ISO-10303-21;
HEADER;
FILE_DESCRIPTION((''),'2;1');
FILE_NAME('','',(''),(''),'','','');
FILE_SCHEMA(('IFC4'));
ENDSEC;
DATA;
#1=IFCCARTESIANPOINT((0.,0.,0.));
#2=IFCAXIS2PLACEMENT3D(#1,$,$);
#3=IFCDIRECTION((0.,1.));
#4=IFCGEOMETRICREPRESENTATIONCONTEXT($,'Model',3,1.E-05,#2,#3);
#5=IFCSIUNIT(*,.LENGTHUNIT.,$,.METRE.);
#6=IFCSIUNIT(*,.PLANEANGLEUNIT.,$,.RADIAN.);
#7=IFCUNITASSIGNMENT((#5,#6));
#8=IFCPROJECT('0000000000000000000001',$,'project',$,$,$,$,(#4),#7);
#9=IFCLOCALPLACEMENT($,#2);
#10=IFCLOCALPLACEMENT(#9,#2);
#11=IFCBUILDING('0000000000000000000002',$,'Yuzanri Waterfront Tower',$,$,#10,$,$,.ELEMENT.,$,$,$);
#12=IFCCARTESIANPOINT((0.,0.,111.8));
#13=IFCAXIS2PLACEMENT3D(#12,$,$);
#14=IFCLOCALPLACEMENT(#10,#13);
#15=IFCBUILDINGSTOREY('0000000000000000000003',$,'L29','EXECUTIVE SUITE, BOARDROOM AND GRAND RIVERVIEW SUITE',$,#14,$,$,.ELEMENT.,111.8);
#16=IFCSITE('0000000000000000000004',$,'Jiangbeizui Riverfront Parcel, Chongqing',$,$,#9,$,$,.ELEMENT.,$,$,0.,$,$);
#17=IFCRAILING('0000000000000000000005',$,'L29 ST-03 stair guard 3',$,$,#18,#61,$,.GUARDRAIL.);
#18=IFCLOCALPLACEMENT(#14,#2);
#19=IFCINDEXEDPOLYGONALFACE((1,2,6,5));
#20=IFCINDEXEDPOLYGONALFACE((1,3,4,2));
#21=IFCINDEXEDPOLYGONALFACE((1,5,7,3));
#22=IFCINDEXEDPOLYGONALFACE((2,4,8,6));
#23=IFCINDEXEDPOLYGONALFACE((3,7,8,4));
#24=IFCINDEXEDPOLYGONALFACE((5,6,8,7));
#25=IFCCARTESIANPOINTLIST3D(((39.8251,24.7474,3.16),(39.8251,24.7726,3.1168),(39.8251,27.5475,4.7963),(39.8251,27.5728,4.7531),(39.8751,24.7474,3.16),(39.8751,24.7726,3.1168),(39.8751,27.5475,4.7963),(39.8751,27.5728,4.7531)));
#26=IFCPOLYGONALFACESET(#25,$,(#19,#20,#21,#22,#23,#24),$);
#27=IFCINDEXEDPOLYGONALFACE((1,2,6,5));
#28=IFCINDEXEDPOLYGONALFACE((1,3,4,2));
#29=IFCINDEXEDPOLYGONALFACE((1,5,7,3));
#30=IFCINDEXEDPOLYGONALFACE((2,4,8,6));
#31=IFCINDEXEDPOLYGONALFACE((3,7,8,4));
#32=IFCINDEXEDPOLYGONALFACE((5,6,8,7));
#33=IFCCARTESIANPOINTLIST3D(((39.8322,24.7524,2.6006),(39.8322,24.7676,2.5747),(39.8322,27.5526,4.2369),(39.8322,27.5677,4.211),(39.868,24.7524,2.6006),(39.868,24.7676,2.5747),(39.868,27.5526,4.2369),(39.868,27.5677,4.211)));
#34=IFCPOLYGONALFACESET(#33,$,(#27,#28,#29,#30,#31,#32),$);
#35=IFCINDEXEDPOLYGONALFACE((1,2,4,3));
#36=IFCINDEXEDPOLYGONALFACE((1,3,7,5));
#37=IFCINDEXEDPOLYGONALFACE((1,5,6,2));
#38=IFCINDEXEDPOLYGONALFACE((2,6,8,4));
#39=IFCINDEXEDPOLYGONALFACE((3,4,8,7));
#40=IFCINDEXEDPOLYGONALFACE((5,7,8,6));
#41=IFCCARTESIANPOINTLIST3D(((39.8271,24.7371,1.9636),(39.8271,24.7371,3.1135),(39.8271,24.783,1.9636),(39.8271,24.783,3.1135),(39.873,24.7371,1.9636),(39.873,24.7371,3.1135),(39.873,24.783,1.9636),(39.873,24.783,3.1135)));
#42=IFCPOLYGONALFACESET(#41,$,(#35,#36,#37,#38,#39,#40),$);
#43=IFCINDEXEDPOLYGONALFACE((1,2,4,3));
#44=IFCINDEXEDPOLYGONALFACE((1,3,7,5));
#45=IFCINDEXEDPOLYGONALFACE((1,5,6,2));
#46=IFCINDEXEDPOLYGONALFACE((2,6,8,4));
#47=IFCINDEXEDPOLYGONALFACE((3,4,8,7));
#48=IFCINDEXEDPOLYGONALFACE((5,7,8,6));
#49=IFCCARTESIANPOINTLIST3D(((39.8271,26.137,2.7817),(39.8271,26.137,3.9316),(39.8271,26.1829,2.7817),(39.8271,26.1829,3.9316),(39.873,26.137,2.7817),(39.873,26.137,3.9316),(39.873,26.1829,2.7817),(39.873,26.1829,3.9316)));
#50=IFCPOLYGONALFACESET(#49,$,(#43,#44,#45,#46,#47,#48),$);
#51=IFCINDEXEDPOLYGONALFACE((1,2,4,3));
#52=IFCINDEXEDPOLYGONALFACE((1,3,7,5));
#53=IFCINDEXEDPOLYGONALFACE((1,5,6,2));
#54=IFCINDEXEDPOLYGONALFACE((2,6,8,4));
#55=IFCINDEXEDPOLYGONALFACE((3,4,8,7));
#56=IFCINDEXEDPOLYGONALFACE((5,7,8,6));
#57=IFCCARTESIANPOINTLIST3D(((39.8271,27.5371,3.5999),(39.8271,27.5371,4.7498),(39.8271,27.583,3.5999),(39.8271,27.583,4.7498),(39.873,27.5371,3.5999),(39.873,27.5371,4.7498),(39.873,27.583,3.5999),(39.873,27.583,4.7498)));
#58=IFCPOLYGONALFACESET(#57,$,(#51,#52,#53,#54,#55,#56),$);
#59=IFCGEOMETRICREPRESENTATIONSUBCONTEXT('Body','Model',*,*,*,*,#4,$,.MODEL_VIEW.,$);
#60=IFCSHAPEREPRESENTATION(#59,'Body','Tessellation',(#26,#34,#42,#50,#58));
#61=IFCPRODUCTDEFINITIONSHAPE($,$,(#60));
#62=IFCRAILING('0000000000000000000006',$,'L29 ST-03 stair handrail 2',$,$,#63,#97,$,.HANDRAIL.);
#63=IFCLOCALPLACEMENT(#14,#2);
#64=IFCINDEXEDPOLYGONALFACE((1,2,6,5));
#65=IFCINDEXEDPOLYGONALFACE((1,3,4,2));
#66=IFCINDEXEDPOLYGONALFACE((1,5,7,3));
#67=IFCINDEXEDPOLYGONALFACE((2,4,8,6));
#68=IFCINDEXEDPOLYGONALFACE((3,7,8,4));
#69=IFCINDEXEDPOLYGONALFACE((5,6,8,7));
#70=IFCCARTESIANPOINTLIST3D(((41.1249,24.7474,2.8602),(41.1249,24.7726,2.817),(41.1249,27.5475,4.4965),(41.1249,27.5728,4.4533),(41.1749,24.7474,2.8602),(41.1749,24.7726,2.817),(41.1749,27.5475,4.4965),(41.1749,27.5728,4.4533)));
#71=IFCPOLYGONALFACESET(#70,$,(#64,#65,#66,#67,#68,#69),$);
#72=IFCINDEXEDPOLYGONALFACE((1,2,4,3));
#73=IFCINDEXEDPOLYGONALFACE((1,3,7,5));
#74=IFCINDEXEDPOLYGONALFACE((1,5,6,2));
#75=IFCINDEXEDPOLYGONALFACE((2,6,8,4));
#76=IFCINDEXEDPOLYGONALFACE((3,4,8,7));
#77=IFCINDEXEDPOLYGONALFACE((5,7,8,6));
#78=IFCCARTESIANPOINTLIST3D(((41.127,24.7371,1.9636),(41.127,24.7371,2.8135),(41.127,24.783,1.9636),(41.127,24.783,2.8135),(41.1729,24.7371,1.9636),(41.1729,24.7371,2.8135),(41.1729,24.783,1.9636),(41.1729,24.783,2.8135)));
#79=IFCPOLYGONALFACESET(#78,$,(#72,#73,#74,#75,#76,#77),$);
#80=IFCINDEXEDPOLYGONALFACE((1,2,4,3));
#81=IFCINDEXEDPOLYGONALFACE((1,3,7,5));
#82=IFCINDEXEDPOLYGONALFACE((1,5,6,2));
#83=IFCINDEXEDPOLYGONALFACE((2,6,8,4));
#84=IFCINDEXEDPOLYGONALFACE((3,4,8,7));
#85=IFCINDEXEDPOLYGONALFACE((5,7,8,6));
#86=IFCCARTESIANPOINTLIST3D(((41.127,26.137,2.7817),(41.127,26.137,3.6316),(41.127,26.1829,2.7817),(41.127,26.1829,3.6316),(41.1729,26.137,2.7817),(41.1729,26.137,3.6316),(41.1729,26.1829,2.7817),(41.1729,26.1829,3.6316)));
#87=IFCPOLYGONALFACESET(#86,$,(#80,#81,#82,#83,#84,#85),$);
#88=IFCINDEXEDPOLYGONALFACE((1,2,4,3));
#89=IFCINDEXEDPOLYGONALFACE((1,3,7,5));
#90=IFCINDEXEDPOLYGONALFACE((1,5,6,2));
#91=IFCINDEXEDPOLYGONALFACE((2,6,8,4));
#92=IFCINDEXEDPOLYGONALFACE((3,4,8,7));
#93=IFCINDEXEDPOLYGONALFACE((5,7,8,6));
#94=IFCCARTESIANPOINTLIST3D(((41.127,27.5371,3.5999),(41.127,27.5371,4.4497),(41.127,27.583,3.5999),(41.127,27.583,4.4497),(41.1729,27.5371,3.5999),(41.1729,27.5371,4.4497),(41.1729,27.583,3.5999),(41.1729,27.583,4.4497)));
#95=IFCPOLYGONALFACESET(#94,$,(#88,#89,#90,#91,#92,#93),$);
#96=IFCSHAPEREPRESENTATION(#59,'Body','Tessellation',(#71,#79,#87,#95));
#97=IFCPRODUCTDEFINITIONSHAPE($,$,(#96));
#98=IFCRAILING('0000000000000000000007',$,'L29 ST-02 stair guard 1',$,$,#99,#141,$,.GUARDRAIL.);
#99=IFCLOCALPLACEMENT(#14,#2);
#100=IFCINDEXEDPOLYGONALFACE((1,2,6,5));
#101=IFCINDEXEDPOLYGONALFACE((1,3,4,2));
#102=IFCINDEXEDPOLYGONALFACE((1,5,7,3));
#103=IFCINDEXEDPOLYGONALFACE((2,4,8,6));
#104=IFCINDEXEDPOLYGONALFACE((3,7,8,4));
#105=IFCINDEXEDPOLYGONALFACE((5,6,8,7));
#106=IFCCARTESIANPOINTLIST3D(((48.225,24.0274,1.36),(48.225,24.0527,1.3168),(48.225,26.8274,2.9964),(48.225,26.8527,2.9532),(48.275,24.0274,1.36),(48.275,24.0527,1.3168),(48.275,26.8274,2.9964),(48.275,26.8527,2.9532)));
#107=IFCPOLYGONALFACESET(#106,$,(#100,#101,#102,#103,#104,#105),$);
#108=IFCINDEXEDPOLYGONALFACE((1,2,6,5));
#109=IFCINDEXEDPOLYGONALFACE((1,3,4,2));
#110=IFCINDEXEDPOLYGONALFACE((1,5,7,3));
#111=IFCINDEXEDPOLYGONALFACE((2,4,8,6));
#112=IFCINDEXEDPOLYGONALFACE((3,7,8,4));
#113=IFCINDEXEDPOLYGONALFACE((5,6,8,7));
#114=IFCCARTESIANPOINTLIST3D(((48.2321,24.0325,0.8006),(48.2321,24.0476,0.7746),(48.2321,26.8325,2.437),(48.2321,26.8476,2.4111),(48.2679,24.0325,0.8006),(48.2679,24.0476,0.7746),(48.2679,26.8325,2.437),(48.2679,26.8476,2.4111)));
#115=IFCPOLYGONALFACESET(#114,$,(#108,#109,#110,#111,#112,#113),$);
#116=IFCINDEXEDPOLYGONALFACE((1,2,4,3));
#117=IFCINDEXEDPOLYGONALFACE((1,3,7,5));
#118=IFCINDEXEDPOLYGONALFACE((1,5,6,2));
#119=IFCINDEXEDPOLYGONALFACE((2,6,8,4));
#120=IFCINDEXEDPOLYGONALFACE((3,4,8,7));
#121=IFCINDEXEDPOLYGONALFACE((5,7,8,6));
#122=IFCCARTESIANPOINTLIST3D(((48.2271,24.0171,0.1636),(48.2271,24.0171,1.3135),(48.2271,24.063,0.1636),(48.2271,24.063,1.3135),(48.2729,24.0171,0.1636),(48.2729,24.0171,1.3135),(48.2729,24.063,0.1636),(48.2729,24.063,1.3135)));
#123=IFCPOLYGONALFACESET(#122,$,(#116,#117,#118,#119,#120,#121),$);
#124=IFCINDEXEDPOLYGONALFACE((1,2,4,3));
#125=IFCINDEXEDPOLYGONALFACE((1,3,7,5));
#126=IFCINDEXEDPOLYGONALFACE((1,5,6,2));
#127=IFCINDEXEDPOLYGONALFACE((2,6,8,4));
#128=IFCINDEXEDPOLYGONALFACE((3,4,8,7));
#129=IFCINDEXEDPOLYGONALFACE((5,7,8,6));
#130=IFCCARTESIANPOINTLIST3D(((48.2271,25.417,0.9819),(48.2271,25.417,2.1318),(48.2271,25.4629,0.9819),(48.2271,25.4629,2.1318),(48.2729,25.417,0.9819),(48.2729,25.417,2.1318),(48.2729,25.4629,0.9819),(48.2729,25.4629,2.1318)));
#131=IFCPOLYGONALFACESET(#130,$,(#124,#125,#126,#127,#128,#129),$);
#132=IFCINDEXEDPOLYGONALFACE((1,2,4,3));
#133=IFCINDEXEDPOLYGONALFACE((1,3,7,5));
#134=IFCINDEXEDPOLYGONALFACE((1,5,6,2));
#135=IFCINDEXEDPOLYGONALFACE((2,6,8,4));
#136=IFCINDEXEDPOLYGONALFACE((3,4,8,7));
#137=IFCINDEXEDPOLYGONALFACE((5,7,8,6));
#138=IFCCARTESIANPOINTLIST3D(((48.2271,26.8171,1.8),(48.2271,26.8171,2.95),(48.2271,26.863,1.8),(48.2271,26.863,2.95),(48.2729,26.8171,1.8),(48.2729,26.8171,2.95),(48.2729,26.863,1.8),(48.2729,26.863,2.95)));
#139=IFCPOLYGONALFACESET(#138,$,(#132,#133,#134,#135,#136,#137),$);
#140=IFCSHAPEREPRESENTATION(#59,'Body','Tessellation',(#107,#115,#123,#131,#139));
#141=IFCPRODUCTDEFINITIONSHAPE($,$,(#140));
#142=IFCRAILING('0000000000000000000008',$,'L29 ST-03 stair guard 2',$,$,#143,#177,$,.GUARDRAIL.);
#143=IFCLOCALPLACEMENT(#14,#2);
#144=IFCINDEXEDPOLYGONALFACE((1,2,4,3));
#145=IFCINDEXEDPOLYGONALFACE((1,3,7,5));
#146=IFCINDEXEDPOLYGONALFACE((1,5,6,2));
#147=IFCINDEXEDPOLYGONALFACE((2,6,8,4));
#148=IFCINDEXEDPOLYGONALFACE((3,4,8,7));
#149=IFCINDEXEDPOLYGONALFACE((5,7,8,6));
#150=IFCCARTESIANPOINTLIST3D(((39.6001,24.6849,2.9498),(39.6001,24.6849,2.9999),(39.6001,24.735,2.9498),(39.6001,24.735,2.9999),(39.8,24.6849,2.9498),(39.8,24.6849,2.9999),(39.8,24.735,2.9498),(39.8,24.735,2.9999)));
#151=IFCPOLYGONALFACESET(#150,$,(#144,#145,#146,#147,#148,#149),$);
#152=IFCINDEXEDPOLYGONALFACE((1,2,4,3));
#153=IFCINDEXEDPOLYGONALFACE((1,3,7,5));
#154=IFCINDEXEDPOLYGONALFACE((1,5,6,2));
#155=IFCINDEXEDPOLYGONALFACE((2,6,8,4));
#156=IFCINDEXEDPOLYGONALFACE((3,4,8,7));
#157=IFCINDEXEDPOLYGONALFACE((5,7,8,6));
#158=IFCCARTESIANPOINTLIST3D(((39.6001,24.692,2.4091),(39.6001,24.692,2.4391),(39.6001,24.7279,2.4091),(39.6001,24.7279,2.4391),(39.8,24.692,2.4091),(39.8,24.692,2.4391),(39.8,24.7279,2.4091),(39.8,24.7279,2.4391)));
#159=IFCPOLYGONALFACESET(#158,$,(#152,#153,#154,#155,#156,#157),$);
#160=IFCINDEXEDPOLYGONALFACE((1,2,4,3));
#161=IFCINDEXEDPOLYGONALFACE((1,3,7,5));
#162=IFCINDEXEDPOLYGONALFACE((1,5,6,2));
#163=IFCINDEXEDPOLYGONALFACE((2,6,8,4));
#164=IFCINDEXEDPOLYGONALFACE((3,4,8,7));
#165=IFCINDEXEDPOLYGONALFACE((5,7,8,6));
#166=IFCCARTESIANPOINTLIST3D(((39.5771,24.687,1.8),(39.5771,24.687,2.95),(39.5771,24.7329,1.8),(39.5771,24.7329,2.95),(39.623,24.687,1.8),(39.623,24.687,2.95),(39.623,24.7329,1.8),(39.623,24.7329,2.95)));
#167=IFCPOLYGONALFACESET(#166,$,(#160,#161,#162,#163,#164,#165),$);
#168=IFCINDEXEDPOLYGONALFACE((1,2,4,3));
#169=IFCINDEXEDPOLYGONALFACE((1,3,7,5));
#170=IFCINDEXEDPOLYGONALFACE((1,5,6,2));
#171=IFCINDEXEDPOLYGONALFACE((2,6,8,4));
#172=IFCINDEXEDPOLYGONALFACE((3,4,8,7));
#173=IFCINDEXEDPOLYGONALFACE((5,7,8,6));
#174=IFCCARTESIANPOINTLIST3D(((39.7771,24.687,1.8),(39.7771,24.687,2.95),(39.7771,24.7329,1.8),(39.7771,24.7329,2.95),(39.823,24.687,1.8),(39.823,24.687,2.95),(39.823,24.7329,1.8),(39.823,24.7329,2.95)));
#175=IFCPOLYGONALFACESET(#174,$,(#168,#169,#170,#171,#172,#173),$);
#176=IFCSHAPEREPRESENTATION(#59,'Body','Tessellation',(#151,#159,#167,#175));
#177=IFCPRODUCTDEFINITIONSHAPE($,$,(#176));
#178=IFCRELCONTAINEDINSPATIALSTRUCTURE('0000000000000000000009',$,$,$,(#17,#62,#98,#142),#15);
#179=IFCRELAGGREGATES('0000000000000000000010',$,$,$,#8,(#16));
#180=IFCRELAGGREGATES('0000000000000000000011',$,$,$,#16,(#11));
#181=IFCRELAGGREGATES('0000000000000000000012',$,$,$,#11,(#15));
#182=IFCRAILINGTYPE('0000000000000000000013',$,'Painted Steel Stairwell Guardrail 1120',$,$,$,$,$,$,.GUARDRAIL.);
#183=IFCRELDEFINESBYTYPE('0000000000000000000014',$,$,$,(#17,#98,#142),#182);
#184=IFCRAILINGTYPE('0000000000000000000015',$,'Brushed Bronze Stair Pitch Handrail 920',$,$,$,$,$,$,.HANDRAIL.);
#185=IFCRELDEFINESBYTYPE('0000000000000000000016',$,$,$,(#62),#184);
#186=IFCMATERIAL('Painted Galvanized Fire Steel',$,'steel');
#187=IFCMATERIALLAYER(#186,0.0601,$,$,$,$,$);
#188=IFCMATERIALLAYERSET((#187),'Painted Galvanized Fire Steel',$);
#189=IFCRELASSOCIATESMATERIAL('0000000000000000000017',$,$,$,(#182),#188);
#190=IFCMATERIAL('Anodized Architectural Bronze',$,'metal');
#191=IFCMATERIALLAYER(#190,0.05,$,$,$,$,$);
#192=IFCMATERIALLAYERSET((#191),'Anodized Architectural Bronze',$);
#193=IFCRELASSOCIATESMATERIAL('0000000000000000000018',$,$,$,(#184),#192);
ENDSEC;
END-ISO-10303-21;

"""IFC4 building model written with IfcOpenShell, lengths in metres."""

from ifc_helpers import new_model, si_unit, direction, frame, origin, origin_2d, place, context, subcontext, project, spatial, rectangle, extrude, source, transform, mapped, material, layer, layer_set, type_object, element, save


model = new_model("IFC4")

# Units and contexts
model_context = context("Model", 3, precision=1e-05, world=origin(), true_north=direction((0.0, 1.0)))
body_context = subcontext(model_context, "Body", "Model", "MODEL_VIEW")
ifc_project = project(units=[si_unit("LENGTHUNIT", "METRE"), si_unit("PLANEANGLEUNIT", "RADIAN")], contexts=[model_context])

# Site, building, storey
site_placement = place(None, origin())
site = spatial("IfcSite", under=ifc_project, at=site_placement, Name="Jiangbeizui Riverfront Parcel, Chongqing", CompositionType="ELEMENT", RefElevation=0.0)
building_placement = place(site_placement, origin())
building = spatial("IfcBuilding", under=site, at=building_placement, Name="Yuzanri Waterfront Tower", CompositionType="ELEMENT")
storey_placement = place(building_placement, frame((0.0, 0.0, 111.8)))
storey = spatial("IfcBuildingStorey", under=building, at=storey_placement, Name="L29", Description="EXECUTIVE SUITE, BOARDROOM AND GRAND RIVERVIEW SUITE", CompositionType="ELEMENT", Elevation=111.8)

# Railings
ifc_material_1 = material(Name="Painted Galvanized Fire Steel", Category="steel")
ifc_layer_1 = layer(ifc_material_1, 0.0601)
ifc_layer_set_1 = layer_set([ifc_layer_1], Name="Painted Galvanized Fire Steel")
railing_type_1 = type_object("IfcRailingType", Name="Painted Steel Stairwell Guardrail 1120", PredefinedType="GUARDRAIL", material=ifc_layer_set_1)
shared_shape_1 = source(origin(), body_context, "Body", "SweptSolid", [
    extrude(rectangle(XDim=0.05, YDim=0.05, at=origin_2d()), frame((0.0, 0.0, 1.1748), z_axis=(0.0, 0.863394, 0.504531), x_axis=(-1.0, 0.0, 0.0)), (0.0, 0.0, 1.0), 3.2432),
    extrude(rectangle(XDim=0.0359, YDim=0.03, at=origin_2d()), frame((0.0, 0.0, 0.624), z_axis=(0.0, 0.863394, 0.504531), x_axis=(-1.0, 0.0, 0.0)), (0.0, 0.0, 1.0), 3.2432),
    extrude(rectangle(XDim=0.0459, YDim=0.0459, at=origin_2d()), origin(), (0.0, 0.0, 1.0), 1.1499),
    extrude(rectangle(XDim=0.0459, YDim=0.0459, at=origin_2d()), frame((0.0, 1.3999, 0.8181)), (0.0, 0.0, 1.0), 1.1499),
    extrude(rectangle(XDim=0.0459, YDim=0.0459, at=origin_2d()), frame((0.0, 2.8, 1.6362)), (0.0, 0.0, 1.0), 1.1499),
])
railing_1_placement = place(storey_placement, frame((39.8501, 24.76, 1.9636)))
element("IfcRailing", 1, at=railing_1_placement, inside=storey, type_object=railing_type_1, Name="L29 ST-03 stair guard 3", PredefinedType="GUARDRAIL", context=body_context, shape_type="MappedRepresentation", body=[
    mapped(shared_shape_1, transform((0.0, 0.0, 0.0), scale=1.0)),
])
ifc_material_2 = material(Name="Anodized Architectural Bronze", Category="metal")
ifc_layer_2 = layer(ifc_material_2, 0.05)
ifc_layer_set_2 = layer_set([ifc_layer_2], Name="Anodized Architectural Bronze")
railing_type_2 = type_object("IfcRailingType", Name="Brushed Bronze Stair Pitch Handrail 920", PredefinedType="HANDRAIL", material=ifc_layer_set_2)
shared_shape_2 = source(origin(), body_context, "Body", "SweptSolid", [
    extrude(rectangle(XDim=0.05, YDim=0.05, at=origin_2d()), frame((0.0, 0.0, 0.875), z_axis=(0.0, 0.863394, 0.504531), x_axis=(-1.0, 0.0, 0.0)), (0.0, 0.0, 1.0), 3.2432),
    extrude(rectangle(XDim=0.0459, YDim=0.0459, at=origin_2d()), origin(), (0.0, 0.0, 1.0), 0.8499),
    extrude(rectangle(XDim=0.0459, YDim=0.0459, at=origin_2d()), frame((0.0, 1.3999, 0.8181)), (0.0, 0.0, 1.0), 0.8499),
    extrude(rectangle(XDim=0.0459, YDim=0.0459, at=origin_2d()), frame((0.0, 2.8, 1.6362)), (0.0, 0.0, 1.0), 0.8499),
])
railing_2_placement = place(storey_placement, frame((41.1499, 24.76, 1.9636)))
element("IfcRailing", 2, at=railing_2_placement, inside=storey, type_object=railing_type_2, Name="L29 ST-03 stair handrail 2", PredefinedType="HANDRAIL", context=body_context, shape_type="MappedRepresentation", body=[
    mapped(shared_shape_2, transform((0.0, 0.0, 0.0), scale=1.0)),
])
shared_shape_3 = source(origin(), body_context, "Body", "SweptSolid", [
    extrude(rectangle(XDim=0.05, YDim=0.05, at=origin_2d()), frame((0.0, 0.0, 1.1748), z_axis=(0.0, 0.863361, 0.504587), x_axis=(-1.0, 0.0, 0.0)), (0.0, 0.0, 1.0), 3.2432),
    extrude(rectangle(XDim=0.0359, YDim=0.03, at=origin_2d()), frame((0.0, 0.0, 0.624), z_axis=(0.0, 0.863361, 0.504587), x_axis=(-1.0, 0.0, 0.0)), (0.0, 0.0, 1.0), 3.2432),
    extrude(rectangle(XDim=0.0459, YDim=0.0459, at=origin_2d()), origin(), (0.0, 0.0, 1.0), 1.1499),
    extrude(rectangle(XDim=0.0459, YDim=0.0459, at=origin_2d()), frame((0.0, 1.3999, 0.8184)), (0.0, 0.0, 1.0), 1.1499),
    extrude(rectangle(XDim=0.0459, YDim=0.0459, at=origin_2d()), frame((0.0, 2.8, 1.6365)), (0.0, 0.0, 1.0), 1.1499),
])
railing_3_placement = place(storey_placement, frame((48.25, 24.04, 0.1636)))
element("IfcRailing", 3, at=railing_3_placement, inside=storey, type_object=railing_type_1, Name="L29 ST-02 stair guard 1", PredefinedType="GUARDRAIL", context=body_context, shape_type="MappedRepresentation", body=[
    mapped(shared_shape_3, transform((0.0, 0.0, 0.0), scale=1.0)),
])
shared_shape_4 = source(origin(), body_context, "Body", "SweptSolid", [
    extrude(rectangle(XDim=0.05, YDim=0.05, at=origin_2d()), frame((0.0, 0.0, 1.1748), z_axis=(1.0, 0.0, 0.0), x_axis=(0.0, 1.0, 0.0)), (0.0, 0.0, 1.0), 0.2),
    extrude(rectangle(XDim=0.0359, YDim=0.03, at=origin_2d()), frame((0.0, 0.0, 0.624), z_axis=(1.0, 0.0, 0.0), x_axis=(0.0, 1.0, 0.0)), (0.0, 0.0, 1.0), 0.2),
    extrude(rectangle(XDim=0.0459, YDim=0.0459, at=origin_2d()), origin(), (0.0, 0.0, 1.0), 1.1499),
    extrude(rectangle(XDim=0.0459, YDim=0.0459, at=origin_2d()), frame((0.2, 0.0, 0.0)), (0.0, 0.0, 1.0), 1.1499),
])
railing_4_placement = place(storey_placement, frame((39.6001, 24.71, 1.8)))
element("IfcRailing", 4, at=railing_4_placement, inside=storey, type_object=railing_type_1, Name="L29 ST-03 stair guard 2", PredefinedType="GUARDRAIL", context=body_context, shape_type="MappedRepresentation", body=[
    mapped(shared_shape_4, transform((0.0, 0.0, 0.0), scale=1.0)),
])

save(model, "model.ifc")
